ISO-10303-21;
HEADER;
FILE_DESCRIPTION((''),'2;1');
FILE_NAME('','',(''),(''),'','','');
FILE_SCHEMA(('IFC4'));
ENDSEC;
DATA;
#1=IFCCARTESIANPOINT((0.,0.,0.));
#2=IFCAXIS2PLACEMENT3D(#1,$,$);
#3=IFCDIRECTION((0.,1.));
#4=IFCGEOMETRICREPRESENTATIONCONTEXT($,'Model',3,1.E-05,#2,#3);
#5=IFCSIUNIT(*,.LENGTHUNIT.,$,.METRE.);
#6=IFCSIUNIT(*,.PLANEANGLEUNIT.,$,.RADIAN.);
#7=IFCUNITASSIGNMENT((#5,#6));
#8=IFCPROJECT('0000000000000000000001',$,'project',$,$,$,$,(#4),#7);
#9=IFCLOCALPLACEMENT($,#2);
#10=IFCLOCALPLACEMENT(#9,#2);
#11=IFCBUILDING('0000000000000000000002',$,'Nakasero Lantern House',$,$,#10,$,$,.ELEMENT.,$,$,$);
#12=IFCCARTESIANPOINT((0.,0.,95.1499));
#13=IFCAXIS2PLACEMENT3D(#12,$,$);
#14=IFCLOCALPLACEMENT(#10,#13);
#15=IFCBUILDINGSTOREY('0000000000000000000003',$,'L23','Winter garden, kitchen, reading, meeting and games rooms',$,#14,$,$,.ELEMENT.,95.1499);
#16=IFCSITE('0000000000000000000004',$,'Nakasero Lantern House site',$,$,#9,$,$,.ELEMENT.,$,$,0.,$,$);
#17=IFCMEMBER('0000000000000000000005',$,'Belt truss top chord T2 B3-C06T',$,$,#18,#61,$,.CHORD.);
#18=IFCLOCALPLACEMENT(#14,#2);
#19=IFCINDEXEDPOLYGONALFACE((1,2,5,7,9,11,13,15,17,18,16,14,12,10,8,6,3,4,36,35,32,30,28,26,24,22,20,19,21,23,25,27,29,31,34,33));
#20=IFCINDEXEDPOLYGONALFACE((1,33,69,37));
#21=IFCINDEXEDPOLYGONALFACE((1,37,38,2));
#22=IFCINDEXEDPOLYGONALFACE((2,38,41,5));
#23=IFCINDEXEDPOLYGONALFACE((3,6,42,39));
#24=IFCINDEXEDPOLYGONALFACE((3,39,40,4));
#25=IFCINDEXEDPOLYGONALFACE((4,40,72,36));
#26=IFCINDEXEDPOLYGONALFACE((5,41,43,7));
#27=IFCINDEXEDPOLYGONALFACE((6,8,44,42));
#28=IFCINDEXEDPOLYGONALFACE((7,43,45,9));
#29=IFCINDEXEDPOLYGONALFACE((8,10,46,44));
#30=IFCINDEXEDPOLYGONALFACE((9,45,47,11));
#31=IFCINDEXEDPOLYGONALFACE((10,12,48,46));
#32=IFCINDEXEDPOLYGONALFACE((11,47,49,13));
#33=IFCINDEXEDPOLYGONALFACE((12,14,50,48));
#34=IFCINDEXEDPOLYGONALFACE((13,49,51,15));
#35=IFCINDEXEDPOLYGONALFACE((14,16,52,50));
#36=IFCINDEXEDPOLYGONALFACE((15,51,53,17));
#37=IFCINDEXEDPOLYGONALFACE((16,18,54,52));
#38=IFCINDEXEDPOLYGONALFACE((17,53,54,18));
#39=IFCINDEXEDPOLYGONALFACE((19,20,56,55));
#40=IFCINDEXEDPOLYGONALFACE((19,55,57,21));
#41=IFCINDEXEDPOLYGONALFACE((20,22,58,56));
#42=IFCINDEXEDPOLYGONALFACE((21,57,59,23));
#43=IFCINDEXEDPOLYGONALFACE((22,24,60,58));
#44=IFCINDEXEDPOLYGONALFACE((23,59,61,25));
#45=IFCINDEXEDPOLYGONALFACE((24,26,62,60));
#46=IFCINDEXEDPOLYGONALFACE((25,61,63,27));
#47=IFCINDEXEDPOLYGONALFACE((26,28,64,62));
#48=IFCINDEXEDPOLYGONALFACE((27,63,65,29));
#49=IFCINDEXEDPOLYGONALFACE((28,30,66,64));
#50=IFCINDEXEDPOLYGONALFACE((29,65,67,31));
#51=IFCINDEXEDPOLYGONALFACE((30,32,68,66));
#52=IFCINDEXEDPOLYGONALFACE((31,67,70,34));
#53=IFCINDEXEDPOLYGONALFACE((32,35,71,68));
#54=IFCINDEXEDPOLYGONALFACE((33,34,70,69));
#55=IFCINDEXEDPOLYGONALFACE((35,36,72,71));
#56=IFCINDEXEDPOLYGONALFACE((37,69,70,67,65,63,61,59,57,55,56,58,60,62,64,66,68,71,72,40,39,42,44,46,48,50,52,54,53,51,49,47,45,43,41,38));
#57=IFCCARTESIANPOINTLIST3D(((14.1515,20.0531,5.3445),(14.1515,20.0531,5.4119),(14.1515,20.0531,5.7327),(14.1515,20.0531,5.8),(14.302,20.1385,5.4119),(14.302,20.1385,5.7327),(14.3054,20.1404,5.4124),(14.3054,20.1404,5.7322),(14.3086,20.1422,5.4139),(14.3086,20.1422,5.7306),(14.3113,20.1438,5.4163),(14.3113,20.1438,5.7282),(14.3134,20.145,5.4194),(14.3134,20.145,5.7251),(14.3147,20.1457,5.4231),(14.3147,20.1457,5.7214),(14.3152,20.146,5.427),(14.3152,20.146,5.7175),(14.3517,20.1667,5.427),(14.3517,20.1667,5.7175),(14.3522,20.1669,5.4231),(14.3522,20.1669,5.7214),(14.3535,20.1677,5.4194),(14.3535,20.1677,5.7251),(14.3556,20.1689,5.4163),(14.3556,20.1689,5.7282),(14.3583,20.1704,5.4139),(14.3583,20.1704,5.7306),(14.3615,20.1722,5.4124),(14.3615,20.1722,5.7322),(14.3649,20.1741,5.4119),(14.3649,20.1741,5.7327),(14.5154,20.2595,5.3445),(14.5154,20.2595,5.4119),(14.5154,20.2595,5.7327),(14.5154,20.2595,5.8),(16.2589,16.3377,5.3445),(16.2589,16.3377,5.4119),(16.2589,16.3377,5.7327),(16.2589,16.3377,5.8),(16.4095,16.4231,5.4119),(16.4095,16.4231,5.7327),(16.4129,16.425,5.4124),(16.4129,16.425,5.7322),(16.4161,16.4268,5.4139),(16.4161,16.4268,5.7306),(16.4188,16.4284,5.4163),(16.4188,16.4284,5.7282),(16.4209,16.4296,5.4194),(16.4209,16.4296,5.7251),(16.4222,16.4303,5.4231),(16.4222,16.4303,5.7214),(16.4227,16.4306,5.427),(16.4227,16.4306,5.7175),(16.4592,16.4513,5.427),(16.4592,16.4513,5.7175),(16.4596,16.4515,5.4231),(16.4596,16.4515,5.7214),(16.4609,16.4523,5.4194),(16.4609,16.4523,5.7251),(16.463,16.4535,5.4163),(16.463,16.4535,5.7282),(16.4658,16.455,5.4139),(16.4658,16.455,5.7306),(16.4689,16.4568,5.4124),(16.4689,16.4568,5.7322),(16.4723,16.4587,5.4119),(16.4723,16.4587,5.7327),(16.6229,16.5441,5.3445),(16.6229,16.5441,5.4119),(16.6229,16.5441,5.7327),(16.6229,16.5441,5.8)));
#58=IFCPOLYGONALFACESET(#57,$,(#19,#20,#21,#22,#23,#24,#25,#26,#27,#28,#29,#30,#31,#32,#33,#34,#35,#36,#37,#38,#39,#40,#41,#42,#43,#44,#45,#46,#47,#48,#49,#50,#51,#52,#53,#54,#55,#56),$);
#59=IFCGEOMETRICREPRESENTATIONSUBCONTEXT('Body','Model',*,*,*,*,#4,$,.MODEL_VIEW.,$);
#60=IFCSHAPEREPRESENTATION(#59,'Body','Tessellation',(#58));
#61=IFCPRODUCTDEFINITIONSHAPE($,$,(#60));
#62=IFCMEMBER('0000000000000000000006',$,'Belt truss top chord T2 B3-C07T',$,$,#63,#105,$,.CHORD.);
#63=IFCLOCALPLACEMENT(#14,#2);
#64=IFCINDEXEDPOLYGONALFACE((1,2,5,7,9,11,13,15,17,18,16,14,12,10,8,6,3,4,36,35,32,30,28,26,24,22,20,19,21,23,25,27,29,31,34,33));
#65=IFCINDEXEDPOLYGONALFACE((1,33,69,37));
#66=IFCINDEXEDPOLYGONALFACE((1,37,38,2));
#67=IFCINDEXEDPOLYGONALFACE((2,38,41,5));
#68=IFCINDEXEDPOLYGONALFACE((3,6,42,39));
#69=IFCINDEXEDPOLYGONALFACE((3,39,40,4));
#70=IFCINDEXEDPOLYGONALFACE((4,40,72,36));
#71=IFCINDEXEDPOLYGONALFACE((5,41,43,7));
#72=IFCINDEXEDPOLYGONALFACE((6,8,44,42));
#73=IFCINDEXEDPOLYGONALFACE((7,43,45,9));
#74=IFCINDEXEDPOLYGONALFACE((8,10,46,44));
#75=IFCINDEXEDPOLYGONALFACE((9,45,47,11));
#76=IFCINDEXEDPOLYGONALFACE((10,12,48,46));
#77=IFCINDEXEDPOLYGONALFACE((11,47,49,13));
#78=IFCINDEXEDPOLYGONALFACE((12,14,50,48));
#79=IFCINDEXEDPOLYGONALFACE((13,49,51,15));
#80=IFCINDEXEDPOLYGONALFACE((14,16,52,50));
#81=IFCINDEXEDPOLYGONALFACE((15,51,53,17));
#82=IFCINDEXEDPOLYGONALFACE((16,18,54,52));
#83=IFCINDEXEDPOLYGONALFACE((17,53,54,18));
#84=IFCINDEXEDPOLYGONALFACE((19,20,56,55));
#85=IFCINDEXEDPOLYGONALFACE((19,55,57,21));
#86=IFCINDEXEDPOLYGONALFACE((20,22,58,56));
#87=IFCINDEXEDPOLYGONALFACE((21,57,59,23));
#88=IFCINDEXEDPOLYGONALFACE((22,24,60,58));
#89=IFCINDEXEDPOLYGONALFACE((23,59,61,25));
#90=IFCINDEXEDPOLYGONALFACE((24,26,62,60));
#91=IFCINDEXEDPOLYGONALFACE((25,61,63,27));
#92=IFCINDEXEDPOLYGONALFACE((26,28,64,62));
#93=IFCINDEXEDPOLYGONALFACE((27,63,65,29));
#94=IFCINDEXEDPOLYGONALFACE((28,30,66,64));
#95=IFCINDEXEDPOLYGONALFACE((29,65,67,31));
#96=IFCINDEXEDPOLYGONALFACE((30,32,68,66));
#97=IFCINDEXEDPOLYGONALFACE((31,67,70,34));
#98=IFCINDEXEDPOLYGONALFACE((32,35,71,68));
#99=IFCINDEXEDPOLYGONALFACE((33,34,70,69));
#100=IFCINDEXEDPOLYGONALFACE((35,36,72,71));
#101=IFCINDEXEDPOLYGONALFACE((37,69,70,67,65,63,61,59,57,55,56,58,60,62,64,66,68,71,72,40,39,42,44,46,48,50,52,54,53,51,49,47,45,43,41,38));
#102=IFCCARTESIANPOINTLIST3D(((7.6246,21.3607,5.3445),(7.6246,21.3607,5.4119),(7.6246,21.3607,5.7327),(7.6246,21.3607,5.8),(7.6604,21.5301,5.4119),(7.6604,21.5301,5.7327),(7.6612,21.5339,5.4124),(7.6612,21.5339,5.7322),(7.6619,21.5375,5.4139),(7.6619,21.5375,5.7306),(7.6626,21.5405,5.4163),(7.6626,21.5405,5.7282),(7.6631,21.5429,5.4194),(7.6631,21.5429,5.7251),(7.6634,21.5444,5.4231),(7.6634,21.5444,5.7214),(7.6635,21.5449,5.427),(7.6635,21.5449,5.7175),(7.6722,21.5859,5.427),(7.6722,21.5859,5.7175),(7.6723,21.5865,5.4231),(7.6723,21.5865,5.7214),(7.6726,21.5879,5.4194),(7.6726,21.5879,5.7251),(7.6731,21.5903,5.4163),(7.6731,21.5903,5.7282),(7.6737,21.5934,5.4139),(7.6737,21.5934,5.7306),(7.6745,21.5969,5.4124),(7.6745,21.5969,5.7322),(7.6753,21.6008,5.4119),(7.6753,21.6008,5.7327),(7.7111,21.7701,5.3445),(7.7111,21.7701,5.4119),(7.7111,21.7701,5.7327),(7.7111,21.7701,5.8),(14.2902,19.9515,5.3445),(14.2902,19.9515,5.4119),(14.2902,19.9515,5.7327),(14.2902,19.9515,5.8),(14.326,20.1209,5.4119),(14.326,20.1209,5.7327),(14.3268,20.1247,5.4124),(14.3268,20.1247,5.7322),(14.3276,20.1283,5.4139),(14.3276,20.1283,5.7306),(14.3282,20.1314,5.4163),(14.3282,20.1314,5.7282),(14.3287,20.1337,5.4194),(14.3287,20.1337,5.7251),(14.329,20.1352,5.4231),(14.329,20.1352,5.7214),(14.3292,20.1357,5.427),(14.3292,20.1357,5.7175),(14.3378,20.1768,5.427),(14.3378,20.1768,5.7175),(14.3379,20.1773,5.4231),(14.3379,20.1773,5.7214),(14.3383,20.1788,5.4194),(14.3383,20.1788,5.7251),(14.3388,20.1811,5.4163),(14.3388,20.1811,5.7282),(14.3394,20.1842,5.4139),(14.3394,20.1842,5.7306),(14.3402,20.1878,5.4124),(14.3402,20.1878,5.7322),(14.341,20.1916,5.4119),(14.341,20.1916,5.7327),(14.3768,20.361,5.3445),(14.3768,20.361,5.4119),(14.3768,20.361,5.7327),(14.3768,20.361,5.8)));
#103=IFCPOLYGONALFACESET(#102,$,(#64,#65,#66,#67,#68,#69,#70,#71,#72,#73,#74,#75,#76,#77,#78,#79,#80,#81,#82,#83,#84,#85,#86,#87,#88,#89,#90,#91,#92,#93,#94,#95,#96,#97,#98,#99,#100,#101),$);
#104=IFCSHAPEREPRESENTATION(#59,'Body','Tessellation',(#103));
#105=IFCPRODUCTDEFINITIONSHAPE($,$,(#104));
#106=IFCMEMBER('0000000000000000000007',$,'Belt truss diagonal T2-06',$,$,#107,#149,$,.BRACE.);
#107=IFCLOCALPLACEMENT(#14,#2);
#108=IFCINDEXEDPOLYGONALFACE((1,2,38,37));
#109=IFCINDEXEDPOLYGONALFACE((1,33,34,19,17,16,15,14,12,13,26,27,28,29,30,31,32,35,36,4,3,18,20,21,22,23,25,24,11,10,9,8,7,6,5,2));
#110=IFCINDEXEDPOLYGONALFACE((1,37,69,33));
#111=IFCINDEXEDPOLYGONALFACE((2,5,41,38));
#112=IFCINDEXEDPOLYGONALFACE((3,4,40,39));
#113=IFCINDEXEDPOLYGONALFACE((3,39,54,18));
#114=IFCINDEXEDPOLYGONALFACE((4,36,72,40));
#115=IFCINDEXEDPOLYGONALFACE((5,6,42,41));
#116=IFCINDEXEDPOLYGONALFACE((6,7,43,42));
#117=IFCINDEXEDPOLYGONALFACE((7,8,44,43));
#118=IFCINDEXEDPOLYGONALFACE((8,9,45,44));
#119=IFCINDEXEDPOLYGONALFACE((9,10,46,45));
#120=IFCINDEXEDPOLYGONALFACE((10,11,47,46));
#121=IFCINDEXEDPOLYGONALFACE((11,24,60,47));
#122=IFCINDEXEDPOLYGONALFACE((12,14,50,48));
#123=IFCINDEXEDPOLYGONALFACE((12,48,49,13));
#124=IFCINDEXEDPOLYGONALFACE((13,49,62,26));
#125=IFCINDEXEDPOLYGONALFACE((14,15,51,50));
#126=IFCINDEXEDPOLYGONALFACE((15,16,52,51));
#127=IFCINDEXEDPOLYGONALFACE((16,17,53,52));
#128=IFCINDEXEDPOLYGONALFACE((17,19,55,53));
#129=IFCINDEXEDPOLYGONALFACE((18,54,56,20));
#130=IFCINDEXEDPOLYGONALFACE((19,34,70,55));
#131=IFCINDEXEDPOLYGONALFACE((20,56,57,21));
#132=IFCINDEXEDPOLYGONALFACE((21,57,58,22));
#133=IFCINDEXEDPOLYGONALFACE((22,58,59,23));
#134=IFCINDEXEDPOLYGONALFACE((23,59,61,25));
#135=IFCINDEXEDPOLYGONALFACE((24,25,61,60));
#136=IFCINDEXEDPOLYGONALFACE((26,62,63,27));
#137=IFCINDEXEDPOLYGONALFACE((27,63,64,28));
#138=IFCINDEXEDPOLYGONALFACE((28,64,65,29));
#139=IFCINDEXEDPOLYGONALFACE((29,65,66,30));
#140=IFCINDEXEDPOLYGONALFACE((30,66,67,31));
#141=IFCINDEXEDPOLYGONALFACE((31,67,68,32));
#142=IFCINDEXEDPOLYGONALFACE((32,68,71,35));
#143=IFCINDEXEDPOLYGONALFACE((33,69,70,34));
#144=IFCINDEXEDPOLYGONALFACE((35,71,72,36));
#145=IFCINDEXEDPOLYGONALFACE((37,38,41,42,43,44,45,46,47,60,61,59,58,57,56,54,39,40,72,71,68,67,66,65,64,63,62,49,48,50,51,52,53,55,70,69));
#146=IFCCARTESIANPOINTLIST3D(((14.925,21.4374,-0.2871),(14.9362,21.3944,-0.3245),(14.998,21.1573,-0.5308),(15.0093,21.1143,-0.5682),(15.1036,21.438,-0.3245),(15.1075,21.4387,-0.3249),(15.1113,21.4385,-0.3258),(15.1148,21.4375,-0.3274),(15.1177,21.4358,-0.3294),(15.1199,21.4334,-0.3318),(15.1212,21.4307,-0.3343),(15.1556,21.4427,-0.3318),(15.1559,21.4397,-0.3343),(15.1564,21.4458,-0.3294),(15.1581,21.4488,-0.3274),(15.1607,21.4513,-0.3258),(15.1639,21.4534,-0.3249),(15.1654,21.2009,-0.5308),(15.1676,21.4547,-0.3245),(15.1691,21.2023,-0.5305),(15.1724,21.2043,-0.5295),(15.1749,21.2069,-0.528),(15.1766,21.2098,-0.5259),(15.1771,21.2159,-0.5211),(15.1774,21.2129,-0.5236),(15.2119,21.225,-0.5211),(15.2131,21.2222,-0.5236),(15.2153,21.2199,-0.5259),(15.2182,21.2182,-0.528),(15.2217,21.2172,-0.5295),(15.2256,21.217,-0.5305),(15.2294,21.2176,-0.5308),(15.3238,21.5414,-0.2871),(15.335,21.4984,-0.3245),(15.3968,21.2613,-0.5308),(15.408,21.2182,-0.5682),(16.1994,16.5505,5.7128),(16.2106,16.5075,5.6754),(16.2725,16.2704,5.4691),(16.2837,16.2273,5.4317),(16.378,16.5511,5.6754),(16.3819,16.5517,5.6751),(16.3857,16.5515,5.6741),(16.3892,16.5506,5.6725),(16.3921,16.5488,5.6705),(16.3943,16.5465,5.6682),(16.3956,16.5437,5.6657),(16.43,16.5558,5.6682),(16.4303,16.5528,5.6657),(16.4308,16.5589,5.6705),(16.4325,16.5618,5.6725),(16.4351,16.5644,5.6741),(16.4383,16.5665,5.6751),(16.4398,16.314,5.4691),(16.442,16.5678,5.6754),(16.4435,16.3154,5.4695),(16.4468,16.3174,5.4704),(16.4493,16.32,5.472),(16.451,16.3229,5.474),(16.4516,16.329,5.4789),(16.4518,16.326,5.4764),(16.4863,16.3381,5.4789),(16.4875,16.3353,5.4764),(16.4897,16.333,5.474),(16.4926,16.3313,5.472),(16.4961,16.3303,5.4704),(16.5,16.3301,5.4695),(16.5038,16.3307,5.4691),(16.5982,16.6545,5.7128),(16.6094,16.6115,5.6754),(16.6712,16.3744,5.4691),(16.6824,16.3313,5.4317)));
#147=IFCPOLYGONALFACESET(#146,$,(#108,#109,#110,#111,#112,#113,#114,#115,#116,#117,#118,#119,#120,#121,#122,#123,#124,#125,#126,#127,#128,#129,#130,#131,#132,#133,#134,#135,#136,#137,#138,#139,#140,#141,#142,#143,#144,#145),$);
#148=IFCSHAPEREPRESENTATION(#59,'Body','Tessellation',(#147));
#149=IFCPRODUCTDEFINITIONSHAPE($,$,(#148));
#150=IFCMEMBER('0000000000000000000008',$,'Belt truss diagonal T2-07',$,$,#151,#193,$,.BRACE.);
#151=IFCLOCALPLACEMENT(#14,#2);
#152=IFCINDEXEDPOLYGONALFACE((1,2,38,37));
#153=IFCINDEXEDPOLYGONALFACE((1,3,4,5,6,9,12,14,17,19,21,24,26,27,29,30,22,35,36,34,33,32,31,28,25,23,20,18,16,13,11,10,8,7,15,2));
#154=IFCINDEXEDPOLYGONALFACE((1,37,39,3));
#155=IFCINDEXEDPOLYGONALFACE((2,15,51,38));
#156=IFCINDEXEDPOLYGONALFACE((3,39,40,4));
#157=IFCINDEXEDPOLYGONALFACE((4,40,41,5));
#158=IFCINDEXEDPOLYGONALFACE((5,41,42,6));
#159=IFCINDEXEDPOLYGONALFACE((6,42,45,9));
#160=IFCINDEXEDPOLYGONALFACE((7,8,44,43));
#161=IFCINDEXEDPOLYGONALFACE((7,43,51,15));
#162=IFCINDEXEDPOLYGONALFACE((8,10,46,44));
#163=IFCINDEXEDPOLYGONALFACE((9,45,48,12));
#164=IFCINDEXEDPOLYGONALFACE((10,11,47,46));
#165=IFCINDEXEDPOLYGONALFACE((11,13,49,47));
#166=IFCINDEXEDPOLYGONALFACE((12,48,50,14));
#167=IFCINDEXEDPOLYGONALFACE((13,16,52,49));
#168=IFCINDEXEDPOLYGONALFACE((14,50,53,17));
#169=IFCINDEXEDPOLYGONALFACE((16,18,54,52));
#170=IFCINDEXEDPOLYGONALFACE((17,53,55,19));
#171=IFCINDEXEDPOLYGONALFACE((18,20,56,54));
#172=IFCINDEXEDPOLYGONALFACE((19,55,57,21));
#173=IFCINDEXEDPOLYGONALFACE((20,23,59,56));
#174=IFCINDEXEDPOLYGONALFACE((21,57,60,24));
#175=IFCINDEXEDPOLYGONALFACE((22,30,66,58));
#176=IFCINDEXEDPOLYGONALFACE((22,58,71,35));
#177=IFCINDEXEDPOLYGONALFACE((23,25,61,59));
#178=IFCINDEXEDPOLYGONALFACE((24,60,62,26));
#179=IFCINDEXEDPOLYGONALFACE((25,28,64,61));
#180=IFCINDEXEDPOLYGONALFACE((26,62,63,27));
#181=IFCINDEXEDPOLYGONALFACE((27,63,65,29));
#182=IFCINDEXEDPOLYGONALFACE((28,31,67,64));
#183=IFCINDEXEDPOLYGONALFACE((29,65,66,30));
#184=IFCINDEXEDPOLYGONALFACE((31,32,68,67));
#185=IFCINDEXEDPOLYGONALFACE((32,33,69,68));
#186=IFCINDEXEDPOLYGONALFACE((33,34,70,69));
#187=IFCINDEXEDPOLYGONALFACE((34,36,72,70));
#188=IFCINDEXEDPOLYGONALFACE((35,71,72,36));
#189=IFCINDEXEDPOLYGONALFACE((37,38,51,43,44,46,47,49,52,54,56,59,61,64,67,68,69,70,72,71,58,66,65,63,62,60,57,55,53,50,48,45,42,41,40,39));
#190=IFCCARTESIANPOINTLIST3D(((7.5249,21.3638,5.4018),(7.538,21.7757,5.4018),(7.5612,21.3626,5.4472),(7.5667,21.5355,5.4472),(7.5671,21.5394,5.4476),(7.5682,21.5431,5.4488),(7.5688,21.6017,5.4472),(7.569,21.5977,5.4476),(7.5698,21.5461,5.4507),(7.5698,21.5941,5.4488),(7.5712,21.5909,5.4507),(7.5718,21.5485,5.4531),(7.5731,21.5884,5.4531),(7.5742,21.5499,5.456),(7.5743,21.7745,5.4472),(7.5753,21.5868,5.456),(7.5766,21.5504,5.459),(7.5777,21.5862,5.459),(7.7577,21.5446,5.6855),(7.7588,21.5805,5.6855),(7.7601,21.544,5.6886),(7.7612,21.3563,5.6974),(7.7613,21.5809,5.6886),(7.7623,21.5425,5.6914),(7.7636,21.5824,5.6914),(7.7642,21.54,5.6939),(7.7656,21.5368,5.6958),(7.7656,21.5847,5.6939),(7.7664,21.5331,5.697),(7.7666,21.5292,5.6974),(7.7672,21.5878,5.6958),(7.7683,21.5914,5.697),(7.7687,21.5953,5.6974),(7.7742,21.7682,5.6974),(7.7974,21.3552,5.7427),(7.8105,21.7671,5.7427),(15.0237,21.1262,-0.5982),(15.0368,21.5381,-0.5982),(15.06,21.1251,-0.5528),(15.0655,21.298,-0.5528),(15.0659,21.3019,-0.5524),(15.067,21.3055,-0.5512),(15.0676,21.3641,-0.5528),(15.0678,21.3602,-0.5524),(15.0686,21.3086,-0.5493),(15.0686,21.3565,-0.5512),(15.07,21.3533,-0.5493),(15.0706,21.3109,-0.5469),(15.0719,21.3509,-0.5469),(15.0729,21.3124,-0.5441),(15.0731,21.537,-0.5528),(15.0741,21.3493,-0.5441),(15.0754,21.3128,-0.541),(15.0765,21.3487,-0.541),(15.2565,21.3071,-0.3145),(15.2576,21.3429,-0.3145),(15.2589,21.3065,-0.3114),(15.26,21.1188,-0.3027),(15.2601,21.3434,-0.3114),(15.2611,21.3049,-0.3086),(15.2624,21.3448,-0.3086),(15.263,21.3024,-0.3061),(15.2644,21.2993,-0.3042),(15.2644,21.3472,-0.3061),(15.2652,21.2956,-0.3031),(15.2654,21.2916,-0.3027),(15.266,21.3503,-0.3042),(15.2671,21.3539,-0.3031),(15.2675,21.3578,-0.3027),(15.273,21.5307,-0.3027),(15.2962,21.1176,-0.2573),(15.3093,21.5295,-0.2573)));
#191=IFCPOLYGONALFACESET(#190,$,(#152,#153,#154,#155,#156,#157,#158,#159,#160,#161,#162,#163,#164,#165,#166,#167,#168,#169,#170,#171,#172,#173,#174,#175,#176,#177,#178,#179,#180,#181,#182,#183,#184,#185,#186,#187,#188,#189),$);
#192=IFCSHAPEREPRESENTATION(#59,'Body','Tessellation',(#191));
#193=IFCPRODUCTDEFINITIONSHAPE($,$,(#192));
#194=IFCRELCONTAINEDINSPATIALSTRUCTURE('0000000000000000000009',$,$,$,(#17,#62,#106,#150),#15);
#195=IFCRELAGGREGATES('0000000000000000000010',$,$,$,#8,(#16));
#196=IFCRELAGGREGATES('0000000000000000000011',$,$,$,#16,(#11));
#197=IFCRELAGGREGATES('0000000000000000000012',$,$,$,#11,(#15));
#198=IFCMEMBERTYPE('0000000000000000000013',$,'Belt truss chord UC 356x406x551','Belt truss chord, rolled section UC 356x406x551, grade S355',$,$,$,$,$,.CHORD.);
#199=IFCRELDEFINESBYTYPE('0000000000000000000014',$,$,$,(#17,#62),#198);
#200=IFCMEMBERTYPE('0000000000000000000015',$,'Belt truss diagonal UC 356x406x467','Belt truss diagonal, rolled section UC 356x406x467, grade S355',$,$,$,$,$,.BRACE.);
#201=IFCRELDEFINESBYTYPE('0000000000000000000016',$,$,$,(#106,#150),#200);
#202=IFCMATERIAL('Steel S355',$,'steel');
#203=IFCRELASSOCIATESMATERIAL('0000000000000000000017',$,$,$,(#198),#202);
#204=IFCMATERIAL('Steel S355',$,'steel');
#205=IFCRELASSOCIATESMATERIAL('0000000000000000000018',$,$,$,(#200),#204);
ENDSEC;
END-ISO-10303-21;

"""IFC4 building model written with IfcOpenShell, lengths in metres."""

from ifc_helpers import new_model, si_unit, direction, frame, origin, origin_2d, place, context, subcontext, project, spatial, i_section, extrude, material, material_profile, profile_set, type_object, element, save


model = new_model("IFC4")

# Units and contexts
model_context = context("Model", 3, precision=1e-05, world=origin(), true_north=direction((0.0, 1.0)))
body_context = subcontext(model_context, "Body", "Model", "MODEL_VIEW")
ifc_project = project(units=[si_unit("LENGTHUNIT", "METRE"), si_unit("PLANEANGLEUNIT", "RADIAN")], contexts=[model_context])

# Site, building, storey
site_placement = place(None, origin())
site = spatial("IfcSite", under=ifc_project, at=site_placement, Name="Nakasero Lantern House site", CompositionType="ELEMENT", RefElevation=0.0)
building_placement = place(site_placement, origin())
building = spatial("IfcBuilding", under=site, at=building_placement, Name="Nakasero Lantern House", CompositionType="ELEMENT")
storey_placement = place(building_placement, frame((0.0, 0.0, 95.1499)))
storey = spatial("IfcBuildingStorey", under=building, at=storey_placement, Name="L23", Description="Winter garden, kitchen, reading, meeting and games rooms", CompositionType="ELEMENT", Elevation=95.1499)

# Members
ifc_material_1 = material(Name="Steel S355", Category="steel")
ifc_material_profile_1 = material_profile(ifc_material_1, i_section(OverallWidth=0.4185, OverallDepth=0.4556, WebThickness=0.042, FlangeThickness=0.0674, FilletRadius=0.0151, at=origin_2d()), Name="UC 356x406x551")
ifc_profile_set_1 = profile_set([ifc_material_profile_1], Name="Steel S355")
member_type_1 = type_object("IfcMemberType", Name="Belt truss chord UC 356x406x551", Description="Belt truss chord, rolled section UC 356x406x551, grade S355", PredefinedType="CHORD", material=ifc_profile_set_1)
member_1_placement = place(storey_placement, frame((16.4409, 16.4409, 5.5723), z_axis=(-0.493379, 0.869815, 0.0), x_axis=(-0.869815, -0.493379, 0.0)))
element("IfcMember", 1, at=member_1_placement, inside=storey, type_object=member_type_1, Name="Belt truss top chord T2 B3-C06T", PredefinedType="CHORD", context=body_context, shape_type="SweptSolid", body=[
    extrude(i_section(OverallWidth=0.4185, OverallDepth=0.4556, WebThickness=0.042, FlangeThickness=0.0674, FilletRadius=0.0151, at=origin_2d()), origin(), (0.0, 0.0, 1.0), 4.2715),
])
member_2_placement = place(storey_placement, frame((14.3335, 20.1562, 5.5723), z_axis=(-0.978376, 0.206834, 0.0), x_axis=(-0.206834, -0.978376, 0.0)))
element("IfcMember", 2, at=member_2_placement, inside=storey, type_object=member_type_1, Name="Belt truss top chord T2 B3-C07T", PredefinedType="CHORD", context=body_context, shape_type="SweptSolid", body=[
    extrude(i_section(OverallWidth=0.4185, OverallDepth=0.4556, WebThickness=0.042, FlangeThickness=0.0674, FilletRadius=0.0151, at=origin_2d()), origin(), (0.0, 0.0, 1.0), 6.813),
])
ifc_material_2 = material(Name="Steel S355", Category="steel")
ifc_material_profile_2 = material_profile(ifc_material_2, i_section(OverallWidth=0.4121, OverallDepth=0.4365, WebThickness=0.0359, FlangeThickness=0.0581, FilletRadius=0.0151, at=origin_2d()), Name="UC 356x406x467")
ifc_profile_set_2 = profile_set([ifc_material_profile_2], Name="Steel S355")
member_type_2 = type_object("IfcMemberType", Name="Belt truss diagonal UC 356x406x467", Description="Belt truss diagonal, rolled section UC 356x406x467, grade S355", PredefinedType="BRACE", material=ifc_profile_set_2)
member_3_placement = place(storey_placement, frame((16.4409, 16.4409, 5.5723), z_axis=(-0.162499, 0.62313, -0.765051), x_axis=(-0.967639, -0.252339, 0.0)))
element("IfcMember", 3, at=member_3_placement, inside=storey, type_object=member_type_2, Name="Belt truss diagonal T2-06", PredefinedType="BRACE", context=body_context, shape_type="SweptSolid", body=[
    extrude(i_section(OverallWidth=0.4121, OverallDepth=0.4365, WebThickness=0.0359, FlangeThickness=0.0581, FilletRadius=0.0151, at=origin_2d()), origin(), (0.0, 0.0, 1.0), 7.8425),
])
member_4_placement = place(storey_placement, frame((15.1665, 21.3279, -0.4277), z_axis=(-0.78058, 0.024727, 0.624566), x_axis=(-0.031662, -0.999499, 0.0)))
element("IfcMember", 4, at=member_4_placement, inside=storey, type_object=member_type_2, Name="Belt truss diagonal T2-07", PredefinedType="BRACE", context=body_context, shape_type="SweptSolid", body=[
    extrude(i_section(OverallWidth=0.4121, OverallDepth=0.4365, WebThickness=0.0359, FlangeThickness=0.0581, FilletRadius=0.0151, at=origin_2d()), origin(), (0.0, 0.0, 1.0), 9.6067),
])

save(model, "model.ifc")
